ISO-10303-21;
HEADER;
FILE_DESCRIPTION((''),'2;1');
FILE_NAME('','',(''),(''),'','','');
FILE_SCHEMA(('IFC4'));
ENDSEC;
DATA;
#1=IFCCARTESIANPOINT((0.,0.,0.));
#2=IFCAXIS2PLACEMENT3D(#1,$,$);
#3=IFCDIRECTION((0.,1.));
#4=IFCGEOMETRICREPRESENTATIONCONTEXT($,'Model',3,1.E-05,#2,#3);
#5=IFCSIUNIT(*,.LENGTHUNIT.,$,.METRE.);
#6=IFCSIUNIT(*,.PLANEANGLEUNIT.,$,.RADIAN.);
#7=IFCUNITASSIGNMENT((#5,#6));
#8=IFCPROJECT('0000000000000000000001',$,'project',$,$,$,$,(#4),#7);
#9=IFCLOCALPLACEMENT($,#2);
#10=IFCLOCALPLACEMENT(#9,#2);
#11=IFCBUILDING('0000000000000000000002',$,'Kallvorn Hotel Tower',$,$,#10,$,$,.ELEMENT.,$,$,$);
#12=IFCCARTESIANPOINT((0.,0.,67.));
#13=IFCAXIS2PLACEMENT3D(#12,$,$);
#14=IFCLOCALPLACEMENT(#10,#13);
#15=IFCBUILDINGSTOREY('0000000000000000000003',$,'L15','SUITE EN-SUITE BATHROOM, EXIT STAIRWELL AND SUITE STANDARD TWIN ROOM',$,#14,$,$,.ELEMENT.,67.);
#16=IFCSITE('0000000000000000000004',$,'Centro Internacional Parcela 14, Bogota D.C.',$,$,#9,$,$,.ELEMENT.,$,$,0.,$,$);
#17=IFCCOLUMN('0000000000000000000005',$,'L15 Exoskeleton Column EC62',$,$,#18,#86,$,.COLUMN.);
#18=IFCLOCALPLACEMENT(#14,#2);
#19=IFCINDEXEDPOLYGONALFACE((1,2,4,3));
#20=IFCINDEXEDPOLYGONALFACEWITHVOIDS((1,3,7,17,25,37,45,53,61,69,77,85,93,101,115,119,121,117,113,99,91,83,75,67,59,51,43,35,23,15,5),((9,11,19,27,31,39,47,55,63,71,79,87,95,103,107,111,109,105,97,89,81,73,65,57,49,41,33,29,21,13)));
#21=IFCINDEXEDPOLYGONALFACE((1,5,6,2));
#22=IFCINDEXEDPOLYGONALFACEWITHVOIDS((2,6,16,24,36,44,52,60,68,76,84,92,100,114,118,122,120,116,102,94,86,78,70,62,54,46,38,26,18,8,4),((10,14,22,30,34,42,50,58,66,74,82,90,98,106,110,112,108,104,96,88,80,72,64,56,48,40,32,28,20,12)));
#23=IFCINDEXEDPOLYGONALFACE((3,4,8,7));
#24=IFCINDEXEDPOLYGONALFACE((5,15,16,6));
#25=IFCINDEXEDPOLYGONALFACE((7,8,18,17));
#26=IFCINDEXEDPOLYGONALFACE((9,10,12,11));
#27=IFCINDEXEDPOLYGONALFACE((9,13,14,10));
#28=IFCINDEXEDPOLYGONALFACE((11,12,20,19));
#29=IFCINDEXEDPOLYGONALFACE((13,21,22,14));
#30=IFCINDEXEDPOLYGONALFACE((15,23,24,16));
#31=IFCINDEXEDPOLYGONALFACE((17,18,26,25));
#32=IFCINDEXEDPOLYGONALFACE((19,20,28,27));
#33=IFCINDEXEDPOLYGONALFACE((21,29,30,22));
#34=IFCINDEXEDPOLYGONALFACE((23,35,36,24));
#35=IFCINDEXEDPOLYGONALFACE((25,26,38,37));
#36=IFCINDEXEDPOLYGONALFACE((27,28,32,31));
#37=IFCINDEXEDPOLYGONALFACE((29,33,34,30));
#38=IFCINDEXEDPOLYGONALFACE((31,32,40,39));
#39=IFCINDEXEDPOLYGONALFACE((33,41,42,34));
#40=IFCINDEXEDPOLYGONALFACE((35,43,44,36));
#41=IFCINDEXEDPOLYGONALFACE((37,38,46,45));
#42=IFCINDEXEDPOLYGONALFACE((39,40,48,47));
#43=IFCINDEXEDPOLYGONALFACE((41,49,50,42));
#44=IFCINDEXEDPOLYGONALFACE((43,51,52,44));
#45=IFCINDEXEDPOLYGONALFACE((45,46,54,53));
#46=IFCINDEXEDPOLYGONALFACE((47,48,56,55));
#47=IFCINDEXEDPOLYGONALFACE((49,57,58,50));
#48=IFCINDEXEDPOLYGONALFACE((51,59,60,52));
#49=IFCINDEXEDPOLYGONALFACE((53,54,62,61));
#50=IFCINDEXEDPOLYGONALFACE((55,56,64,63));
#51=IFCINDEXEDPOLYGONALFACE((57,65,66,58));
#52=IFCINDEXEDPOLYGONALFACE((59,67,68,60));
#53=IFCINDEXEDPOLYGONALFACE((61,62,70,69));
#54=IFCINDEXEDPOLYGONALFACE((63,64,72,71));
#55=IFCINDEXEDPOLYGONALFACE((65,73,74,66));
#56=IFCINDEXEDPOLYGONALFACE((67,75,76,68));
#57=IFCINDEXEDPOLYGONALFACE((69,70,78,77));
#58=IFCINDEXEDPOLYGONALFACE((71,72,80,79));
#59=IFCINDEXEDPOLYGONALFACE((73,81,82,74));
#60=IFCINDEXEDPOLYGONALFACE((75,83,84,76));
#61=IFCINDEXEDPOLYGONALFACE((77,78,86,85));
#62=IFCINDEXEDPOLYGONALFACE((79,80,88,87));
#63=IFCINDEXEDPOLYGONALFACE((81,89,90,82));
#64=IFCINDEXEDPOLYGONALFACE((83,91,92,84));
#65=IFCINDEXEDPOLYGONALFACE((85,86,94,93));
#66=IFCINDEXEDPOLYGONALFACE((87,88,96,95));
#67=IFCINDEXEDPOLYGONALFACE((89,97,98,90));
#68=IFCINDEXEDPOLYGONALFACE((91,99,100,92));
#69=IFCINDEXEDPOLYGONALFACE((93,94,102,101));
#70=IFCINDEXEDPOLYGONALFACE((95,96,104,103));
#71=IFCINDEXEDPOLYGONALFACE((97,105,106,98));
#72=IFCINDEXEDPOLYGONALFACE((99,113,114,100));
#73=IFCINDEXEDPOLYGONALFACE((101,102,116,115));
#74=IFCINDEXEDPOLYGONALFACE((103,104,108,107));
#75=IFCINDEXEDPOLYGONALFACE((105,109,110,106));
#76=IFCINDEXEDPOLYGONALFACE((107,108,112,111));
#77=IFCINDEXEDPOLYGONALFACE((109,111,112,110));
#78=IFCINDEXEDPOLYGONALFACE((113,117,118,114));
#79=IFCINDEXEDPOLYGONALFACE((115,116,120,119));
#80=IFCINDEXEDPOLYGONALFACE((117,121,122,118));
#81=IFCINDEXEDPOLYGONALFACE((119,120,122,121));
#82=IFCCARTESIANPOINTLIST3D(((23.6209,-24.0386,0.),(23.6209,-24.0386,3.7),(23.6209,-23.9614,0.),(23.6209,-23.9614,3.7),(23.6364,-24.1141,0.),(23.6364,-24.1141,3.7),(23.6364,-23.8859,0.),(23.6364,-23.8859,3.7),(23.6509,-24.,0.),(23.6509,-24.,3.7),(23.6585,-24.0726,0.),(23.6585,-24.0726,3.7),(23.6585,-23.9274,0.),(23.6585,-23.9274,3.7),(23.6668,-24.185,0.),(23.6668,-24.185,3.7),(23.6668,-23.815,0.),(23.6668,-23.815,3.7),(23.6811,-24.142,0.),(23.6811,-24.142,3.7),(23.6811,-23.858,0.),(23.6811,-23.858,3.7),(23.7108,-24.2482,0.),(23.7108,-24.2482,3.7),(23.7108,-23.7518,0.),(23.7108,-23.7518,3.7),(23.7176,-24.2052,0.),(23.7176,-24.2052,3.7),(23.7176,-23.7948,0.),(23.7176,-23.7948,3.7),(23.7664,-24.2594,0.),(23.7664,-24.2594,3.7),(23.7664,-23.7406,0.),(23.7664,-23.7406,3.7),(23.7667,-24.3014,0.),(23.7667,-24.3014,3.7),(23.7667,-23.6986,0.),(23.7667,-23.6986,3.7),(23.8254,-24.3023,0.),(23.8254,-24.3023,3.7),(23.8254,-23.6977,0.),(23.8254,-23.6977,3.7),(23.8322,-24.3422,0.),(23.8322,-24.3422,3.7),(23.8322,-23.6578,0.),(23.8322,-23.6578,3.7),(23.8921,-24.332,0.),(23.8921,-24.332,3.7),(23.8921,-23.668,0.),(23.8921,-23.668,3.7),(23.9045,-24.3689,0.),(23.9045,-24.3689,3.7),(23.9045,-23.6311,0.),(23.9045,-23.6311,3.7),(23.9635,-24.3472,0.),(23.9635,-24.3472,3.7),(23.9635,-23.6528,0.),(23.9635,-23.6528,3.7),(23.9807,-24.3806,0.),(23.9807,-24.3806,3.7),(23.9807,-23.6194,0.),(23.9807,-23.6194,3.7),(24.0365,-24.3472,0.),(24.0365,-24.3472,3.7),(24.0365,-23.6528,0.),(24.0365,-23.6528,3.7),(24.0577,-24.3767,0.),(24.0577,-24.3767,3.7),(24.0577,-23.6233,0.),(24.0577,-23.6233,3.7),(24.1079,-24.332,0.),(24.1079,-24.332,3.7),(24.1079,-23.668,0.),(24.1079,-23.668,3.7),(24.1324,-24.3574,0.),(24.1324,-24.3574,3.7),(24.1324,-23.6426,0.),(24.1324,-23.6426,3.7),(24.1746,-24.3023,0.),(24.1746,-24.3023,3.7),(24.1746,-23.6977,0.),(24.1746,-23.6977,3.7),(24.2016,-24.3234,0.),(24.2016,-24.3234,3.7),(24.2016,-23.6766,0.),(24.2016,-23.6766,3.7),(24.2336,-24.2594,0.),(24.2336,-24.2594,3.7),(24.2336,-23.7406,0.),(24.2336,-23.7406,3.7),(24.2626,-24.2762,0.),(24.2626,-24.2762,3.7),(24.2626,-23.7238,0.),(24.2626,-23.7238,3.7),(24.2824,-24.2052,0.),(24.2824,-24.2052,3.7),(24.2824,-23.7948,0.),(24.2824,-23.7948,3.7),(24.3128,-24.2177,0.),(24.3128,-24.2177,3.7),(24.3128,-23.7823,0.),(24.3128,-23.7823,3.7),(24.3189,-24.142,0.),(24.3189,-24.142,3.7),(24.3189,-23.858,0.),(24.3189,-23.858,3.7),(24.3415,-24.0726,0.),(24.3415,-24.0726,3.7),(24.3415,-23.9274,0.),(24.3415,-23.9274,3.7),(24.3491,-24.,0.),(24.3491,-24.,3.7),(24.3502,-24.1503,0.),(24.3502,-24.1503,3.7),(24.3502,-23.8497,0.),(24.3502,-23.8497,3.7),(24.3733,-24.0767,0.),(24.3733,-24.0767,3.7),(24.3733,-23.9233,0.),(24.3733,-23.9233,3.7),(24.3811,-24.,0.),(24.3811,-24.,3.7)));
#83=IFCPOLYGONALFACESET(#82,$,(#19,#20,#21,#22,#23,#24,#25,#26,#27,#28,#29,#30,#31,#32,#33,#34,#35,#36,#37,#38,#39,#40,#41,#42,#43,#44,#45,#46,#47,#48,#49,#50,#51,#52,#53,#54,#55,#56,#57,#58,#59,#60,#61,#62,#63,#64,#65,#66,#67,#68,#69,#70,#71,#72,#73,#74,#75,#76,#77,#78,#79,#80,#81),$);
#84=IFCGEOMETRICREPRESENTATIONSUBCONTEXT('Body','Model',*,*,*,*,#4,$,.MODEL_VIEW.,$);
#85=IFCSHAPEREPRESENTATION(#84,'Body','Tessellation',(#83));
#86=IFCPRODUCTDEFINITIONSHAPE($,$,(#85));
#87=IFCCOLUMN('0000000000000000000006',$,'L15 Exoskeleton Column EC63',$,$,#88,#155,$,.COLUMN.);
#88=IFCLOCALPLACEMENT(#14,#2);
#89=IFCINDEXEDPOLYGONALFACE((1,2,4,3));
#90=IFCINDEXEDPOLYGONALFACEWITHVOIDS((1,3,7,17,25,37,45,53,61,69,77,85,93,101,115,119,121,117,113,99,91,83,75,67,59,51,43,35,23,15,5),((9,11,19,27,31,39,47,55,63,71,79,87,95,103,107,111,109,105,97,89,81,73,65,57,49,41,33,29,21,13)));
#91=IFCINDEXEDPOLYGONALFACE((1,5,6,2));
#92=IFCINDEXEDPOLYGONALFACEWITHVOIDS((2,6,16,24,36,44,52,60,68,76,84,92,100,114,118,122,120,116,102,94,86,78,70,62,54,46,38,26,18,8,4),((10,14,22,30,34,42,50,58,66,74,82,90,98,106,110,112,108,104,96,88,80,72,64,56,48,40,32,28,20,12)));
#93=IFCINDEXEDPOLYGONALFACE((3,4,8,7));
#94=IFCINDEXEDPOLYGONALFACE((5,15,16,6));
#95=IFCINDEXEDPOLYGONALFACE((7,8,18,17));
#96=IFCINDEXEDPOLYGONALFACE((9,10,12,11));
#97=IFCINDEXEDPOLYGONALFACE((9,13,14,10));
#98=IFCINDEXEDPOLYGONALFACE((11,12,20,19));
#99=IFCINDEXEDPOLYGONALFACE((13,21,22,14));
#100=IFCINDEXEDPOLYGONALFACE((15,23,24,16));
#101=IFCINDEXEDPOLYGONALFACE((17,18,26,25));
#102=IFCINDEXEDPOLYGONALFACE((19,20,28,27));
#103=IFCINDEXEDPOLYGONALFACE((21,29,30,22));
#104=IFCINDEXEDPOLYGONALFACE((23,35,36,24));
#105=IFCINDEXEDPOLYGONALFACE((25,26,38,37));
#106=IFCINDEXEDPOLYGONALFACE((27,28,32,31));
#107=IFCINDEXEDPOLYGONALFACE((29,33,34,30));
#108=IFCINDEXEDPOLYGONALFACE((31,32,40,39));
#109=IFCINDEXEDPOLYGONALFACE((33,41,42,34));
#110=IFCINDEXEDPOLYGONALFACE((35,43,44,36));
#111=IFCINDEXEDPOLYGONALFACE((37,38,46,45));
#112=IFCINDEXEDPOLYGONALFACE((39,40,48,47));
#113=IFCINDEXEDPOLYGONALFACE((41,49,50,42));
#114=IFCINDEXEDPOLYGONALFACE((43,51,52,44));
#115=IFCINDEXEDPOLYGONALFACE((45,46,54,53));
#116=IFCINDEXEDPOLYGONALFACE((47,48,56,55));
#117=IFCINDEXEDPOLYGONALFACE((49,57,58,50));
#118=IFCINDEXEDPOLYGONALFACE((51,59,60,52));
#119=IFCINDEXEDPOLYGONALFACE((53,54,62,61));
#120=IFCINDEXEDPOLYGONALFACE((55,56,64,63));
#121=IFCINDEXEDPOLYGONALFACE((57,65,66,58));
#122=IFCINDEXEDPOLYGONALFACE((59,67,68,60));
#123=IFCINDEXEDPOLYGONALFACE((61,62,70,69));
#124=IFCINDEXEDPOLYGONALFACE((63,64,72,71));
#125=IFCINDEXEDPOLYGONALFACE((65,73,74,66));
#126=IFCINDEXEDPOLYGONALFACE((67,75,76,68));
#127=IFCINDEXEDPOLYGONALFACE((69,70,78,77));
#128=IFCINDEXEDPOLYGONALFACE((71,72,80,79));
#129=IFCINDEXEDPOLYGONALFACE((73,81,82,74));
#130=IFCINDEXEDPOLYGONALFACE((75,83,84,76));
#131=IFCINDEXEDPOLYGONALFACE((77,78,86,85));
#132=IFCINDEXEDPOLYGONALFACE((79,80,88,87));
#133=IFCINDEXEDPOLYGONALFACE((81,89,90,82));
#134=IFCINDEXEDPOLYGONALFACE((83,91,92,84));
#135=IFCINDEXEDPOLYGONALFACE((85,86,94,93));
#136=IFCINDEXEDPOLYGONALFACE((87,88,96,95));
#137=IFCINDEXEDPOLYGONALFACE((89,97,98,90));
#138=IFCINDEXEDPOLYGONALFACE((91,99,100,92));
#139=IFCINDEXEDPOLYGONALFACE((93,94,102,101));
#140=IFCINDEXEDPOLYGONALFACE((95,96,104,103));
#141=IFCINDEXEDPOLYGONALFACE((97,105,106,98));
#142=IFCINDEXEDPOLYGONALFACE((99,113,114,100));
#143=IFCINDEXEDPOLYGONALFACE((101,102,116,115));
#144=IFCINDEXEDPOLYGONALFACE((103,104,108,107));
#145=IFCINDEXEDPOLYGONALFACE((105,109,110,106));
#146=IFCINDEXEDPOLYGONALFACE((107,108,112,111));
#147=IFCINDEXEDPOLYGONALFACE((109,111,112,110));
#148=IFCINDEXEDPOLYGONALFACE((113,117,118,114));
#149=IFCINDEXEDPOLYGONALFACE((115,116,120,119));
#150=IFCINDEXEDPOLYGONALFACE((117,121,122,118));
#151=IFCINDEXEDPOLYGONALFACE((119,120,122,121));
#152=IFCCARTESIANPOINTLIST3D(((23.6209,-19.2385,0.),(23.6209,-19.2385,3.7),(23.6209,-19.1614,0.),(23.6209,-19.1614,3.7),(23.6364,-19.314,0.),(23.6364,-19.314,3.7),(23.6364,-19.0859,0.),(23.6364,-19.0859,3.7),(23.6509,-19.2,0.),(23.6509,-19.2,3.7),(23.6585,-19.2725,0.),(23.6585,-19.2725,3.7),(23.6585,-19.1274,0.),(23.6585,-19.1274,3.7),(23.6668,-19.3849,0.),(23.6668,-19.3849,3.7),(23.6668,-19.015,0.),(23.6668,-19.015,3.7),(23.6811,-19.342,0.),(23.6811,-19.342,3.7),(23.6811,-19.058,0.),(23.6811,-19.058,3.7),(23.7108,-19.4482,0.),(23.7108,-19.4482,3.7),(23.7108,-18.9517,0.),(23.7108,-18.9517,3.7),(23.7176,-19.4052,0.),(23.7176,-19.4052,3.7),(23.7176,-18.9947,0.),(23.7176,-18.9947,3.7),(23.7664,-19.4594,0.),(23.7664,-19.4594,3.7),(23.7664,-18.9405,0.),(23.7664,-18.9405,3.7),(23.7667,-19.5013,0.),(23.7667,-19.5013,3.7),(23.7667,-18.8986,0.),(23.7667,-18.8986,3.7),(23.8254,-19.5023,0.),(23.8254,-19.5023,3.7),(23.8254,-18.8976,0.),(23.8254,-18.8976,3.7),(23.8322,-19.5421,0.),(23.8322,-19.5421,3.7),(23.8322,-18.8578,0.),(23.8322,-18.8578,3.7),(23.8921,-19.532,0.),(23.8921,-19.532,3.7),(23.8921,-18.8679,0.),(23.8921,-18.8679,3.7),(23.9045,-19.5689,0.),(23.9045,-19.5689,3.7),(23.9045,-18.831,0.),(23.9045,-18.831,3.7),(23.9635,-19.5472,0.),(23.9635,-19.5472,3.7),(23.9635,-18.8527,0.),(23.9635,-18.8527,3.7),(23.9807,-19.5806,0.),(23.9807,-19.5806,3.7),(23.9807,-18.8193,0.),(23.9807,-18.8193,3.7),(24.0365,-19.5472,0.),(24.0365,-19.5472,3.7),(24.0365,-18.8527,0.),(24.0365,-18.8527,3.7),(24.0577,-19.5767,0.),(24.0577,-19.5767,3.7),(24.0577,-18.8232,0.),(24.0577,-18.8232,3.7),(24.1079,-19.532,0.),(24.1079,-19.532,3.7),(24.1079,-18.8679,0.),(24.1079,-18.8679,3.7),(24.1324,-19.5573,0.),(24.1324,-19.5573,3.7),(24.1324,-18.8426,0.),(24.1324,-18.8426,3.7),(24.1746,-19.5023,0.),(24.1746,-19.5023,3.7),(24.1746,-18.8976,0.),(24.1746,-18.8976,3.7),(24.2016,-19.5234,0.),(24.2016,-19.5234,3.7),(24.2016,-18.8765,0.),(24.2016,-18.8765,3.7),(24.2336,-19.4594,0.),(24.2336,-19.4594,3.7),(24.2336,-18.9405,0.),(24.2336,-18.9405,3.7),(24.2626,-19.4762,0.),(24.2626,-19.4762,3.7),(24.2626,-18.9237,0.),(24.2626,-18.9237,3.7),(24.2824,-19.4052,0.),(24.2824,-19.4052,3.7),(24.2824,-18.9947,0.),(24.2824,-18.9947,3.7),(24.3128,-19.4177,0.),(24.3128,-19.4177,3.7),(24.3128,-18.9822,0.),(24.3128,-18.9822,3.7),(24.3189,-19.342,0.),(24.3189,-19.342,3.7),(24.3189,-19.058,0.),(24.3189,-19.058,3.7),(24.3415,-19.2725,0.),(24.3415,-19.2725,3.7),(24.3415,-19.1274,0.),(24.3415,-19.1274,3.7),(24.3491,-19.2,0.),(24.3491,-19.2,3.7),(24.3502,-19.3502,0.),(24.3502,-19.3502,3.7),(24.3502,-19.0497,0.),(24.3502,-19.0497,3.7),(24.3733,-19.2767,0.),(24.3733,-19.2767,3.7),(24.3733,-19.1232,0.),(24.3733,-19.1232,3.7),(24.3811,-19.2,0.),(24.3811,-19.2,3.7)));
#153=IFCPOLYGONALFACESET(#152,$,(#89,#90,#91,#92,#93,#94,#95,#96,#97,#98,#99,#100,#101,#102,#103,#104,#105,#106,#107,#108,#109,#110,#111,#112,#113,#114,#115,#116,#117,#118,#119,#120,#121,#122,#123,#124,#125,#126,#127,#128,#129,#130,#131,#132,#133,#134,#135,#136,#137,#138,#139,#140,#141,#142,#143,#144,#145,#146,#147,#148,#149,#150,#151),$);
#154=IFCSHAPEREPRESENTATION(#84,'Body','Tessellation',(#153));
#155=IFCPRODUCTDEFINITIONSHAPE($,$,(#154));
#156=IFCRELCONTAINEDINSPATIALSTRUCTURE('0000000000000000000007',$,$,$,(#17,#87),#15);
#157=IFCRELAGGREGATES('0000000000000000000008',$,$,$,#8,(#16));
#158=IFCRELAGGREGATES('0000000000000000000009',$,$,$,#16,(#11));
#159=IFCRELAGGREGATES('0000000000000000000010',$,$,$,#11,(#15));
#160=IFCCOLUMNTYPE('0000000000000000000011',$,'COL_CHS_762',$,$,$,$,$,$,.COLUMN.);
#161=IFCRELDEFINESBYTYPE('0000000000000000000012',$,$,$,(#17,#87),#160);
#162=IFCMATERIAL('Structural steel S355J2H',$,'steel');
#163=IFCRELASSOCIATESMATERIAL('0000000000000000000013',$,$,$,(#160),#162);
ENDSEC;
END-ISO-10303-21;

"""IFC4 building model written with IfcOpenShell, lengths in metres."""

from ifc_helpers import new_model, si_unit, direction, frame, origin, origin_2d, place, context, subcontext, project, spatial, hollow_circle, extrude, material, material_profile, profile_set, type_object, element, save


model = new_model("IFC4")

# Units and contexts
model_context = context("Model", 3, precision=1e-05, world=origin(), true_north=direction((0.0, 1.0)))
body_context = subcontext(model_context, "Body", "Model", "MODEL_VIEW")
ifc_project = project(units=[si_unit("LENGTHUNIT", "METRE"), si_unit("PLANEANGLEUNIT", "RADIAN")], contexts=[model_context])

# Site, building, storey
site_placement = place(None, origin())
site = spatial("IfcSite", under=ifc_project, at=site_placement, Name="Centro Internacional Parcela 14, Bogota D.C.", CompositionType="ELEMENT", RefElevation=0.0)
building_placement = place(site_placement, origin())
building = spatial("IfcBuilding", under=site, at=building_placement, Name="Kallvorn Hotel Tower", CompositionType="ELEMENT")
storey_placement = place(building_placement, frame((0.0, 0.0, 67.0)))
storey = spatial("IfcBuildingStorey", under=building, at=storey_placement, Name="L15", Description="SUITE EN-SUITE BATHROOM, EXIT STAIRWELL AND SUITE STANDARD TWIN ROOM", CompositionType="ELEMENT", Elevation=67.0)

# Columns
ifc_material_1 = material(Name="Structural steel S355J2H", Category="steel")
ifc_material_profile_1 = material_profile(ifc_material_1, hollow_circle(Radius=0.3811, WallThickness=0.032, at=origin_2d()), Name="CHS 762x32")
ifc_profile_set_1 = profile_set([ifc_material_profile_1], Name="Structural steel S355J2H")
column_type_1 = type_object("IfcColumnType", Name="COL_CHS_762", PredefinedType="COLUMN", material=ifc_profile_set_1)
for number, where, z_axis, x_axis, name in (
    (1, (24.0, -24.0, 0.0), (0.0, 0.0, 1.0), (1.0, 0.0, 0.0), "L15 Exoskeleton Column EC62"),
    (2, (24.0, -19.2, 0.0), (0.0, 0.0, 1.0), (1.0, 0.0, 0.0), "L15 Exoskeleton Column EC63"),
):
    element("IfcColumn", number, at=place(storey_placement, frame(where, z_axis=z_axis, x_axis=x_axis)), inside=storey, type_object=column_type_1, Name=name, PredefinedType="COLUMN", context=body_context, shape_type="SweptSolid", body=[
        extrude(hollow_circle(Radius=0.3811, WallThickness=0.032, at=origin_2d()), origin(), (0.0, 0.0, 1.0), 3.7),
    ])

save(model, "model.ifc")
